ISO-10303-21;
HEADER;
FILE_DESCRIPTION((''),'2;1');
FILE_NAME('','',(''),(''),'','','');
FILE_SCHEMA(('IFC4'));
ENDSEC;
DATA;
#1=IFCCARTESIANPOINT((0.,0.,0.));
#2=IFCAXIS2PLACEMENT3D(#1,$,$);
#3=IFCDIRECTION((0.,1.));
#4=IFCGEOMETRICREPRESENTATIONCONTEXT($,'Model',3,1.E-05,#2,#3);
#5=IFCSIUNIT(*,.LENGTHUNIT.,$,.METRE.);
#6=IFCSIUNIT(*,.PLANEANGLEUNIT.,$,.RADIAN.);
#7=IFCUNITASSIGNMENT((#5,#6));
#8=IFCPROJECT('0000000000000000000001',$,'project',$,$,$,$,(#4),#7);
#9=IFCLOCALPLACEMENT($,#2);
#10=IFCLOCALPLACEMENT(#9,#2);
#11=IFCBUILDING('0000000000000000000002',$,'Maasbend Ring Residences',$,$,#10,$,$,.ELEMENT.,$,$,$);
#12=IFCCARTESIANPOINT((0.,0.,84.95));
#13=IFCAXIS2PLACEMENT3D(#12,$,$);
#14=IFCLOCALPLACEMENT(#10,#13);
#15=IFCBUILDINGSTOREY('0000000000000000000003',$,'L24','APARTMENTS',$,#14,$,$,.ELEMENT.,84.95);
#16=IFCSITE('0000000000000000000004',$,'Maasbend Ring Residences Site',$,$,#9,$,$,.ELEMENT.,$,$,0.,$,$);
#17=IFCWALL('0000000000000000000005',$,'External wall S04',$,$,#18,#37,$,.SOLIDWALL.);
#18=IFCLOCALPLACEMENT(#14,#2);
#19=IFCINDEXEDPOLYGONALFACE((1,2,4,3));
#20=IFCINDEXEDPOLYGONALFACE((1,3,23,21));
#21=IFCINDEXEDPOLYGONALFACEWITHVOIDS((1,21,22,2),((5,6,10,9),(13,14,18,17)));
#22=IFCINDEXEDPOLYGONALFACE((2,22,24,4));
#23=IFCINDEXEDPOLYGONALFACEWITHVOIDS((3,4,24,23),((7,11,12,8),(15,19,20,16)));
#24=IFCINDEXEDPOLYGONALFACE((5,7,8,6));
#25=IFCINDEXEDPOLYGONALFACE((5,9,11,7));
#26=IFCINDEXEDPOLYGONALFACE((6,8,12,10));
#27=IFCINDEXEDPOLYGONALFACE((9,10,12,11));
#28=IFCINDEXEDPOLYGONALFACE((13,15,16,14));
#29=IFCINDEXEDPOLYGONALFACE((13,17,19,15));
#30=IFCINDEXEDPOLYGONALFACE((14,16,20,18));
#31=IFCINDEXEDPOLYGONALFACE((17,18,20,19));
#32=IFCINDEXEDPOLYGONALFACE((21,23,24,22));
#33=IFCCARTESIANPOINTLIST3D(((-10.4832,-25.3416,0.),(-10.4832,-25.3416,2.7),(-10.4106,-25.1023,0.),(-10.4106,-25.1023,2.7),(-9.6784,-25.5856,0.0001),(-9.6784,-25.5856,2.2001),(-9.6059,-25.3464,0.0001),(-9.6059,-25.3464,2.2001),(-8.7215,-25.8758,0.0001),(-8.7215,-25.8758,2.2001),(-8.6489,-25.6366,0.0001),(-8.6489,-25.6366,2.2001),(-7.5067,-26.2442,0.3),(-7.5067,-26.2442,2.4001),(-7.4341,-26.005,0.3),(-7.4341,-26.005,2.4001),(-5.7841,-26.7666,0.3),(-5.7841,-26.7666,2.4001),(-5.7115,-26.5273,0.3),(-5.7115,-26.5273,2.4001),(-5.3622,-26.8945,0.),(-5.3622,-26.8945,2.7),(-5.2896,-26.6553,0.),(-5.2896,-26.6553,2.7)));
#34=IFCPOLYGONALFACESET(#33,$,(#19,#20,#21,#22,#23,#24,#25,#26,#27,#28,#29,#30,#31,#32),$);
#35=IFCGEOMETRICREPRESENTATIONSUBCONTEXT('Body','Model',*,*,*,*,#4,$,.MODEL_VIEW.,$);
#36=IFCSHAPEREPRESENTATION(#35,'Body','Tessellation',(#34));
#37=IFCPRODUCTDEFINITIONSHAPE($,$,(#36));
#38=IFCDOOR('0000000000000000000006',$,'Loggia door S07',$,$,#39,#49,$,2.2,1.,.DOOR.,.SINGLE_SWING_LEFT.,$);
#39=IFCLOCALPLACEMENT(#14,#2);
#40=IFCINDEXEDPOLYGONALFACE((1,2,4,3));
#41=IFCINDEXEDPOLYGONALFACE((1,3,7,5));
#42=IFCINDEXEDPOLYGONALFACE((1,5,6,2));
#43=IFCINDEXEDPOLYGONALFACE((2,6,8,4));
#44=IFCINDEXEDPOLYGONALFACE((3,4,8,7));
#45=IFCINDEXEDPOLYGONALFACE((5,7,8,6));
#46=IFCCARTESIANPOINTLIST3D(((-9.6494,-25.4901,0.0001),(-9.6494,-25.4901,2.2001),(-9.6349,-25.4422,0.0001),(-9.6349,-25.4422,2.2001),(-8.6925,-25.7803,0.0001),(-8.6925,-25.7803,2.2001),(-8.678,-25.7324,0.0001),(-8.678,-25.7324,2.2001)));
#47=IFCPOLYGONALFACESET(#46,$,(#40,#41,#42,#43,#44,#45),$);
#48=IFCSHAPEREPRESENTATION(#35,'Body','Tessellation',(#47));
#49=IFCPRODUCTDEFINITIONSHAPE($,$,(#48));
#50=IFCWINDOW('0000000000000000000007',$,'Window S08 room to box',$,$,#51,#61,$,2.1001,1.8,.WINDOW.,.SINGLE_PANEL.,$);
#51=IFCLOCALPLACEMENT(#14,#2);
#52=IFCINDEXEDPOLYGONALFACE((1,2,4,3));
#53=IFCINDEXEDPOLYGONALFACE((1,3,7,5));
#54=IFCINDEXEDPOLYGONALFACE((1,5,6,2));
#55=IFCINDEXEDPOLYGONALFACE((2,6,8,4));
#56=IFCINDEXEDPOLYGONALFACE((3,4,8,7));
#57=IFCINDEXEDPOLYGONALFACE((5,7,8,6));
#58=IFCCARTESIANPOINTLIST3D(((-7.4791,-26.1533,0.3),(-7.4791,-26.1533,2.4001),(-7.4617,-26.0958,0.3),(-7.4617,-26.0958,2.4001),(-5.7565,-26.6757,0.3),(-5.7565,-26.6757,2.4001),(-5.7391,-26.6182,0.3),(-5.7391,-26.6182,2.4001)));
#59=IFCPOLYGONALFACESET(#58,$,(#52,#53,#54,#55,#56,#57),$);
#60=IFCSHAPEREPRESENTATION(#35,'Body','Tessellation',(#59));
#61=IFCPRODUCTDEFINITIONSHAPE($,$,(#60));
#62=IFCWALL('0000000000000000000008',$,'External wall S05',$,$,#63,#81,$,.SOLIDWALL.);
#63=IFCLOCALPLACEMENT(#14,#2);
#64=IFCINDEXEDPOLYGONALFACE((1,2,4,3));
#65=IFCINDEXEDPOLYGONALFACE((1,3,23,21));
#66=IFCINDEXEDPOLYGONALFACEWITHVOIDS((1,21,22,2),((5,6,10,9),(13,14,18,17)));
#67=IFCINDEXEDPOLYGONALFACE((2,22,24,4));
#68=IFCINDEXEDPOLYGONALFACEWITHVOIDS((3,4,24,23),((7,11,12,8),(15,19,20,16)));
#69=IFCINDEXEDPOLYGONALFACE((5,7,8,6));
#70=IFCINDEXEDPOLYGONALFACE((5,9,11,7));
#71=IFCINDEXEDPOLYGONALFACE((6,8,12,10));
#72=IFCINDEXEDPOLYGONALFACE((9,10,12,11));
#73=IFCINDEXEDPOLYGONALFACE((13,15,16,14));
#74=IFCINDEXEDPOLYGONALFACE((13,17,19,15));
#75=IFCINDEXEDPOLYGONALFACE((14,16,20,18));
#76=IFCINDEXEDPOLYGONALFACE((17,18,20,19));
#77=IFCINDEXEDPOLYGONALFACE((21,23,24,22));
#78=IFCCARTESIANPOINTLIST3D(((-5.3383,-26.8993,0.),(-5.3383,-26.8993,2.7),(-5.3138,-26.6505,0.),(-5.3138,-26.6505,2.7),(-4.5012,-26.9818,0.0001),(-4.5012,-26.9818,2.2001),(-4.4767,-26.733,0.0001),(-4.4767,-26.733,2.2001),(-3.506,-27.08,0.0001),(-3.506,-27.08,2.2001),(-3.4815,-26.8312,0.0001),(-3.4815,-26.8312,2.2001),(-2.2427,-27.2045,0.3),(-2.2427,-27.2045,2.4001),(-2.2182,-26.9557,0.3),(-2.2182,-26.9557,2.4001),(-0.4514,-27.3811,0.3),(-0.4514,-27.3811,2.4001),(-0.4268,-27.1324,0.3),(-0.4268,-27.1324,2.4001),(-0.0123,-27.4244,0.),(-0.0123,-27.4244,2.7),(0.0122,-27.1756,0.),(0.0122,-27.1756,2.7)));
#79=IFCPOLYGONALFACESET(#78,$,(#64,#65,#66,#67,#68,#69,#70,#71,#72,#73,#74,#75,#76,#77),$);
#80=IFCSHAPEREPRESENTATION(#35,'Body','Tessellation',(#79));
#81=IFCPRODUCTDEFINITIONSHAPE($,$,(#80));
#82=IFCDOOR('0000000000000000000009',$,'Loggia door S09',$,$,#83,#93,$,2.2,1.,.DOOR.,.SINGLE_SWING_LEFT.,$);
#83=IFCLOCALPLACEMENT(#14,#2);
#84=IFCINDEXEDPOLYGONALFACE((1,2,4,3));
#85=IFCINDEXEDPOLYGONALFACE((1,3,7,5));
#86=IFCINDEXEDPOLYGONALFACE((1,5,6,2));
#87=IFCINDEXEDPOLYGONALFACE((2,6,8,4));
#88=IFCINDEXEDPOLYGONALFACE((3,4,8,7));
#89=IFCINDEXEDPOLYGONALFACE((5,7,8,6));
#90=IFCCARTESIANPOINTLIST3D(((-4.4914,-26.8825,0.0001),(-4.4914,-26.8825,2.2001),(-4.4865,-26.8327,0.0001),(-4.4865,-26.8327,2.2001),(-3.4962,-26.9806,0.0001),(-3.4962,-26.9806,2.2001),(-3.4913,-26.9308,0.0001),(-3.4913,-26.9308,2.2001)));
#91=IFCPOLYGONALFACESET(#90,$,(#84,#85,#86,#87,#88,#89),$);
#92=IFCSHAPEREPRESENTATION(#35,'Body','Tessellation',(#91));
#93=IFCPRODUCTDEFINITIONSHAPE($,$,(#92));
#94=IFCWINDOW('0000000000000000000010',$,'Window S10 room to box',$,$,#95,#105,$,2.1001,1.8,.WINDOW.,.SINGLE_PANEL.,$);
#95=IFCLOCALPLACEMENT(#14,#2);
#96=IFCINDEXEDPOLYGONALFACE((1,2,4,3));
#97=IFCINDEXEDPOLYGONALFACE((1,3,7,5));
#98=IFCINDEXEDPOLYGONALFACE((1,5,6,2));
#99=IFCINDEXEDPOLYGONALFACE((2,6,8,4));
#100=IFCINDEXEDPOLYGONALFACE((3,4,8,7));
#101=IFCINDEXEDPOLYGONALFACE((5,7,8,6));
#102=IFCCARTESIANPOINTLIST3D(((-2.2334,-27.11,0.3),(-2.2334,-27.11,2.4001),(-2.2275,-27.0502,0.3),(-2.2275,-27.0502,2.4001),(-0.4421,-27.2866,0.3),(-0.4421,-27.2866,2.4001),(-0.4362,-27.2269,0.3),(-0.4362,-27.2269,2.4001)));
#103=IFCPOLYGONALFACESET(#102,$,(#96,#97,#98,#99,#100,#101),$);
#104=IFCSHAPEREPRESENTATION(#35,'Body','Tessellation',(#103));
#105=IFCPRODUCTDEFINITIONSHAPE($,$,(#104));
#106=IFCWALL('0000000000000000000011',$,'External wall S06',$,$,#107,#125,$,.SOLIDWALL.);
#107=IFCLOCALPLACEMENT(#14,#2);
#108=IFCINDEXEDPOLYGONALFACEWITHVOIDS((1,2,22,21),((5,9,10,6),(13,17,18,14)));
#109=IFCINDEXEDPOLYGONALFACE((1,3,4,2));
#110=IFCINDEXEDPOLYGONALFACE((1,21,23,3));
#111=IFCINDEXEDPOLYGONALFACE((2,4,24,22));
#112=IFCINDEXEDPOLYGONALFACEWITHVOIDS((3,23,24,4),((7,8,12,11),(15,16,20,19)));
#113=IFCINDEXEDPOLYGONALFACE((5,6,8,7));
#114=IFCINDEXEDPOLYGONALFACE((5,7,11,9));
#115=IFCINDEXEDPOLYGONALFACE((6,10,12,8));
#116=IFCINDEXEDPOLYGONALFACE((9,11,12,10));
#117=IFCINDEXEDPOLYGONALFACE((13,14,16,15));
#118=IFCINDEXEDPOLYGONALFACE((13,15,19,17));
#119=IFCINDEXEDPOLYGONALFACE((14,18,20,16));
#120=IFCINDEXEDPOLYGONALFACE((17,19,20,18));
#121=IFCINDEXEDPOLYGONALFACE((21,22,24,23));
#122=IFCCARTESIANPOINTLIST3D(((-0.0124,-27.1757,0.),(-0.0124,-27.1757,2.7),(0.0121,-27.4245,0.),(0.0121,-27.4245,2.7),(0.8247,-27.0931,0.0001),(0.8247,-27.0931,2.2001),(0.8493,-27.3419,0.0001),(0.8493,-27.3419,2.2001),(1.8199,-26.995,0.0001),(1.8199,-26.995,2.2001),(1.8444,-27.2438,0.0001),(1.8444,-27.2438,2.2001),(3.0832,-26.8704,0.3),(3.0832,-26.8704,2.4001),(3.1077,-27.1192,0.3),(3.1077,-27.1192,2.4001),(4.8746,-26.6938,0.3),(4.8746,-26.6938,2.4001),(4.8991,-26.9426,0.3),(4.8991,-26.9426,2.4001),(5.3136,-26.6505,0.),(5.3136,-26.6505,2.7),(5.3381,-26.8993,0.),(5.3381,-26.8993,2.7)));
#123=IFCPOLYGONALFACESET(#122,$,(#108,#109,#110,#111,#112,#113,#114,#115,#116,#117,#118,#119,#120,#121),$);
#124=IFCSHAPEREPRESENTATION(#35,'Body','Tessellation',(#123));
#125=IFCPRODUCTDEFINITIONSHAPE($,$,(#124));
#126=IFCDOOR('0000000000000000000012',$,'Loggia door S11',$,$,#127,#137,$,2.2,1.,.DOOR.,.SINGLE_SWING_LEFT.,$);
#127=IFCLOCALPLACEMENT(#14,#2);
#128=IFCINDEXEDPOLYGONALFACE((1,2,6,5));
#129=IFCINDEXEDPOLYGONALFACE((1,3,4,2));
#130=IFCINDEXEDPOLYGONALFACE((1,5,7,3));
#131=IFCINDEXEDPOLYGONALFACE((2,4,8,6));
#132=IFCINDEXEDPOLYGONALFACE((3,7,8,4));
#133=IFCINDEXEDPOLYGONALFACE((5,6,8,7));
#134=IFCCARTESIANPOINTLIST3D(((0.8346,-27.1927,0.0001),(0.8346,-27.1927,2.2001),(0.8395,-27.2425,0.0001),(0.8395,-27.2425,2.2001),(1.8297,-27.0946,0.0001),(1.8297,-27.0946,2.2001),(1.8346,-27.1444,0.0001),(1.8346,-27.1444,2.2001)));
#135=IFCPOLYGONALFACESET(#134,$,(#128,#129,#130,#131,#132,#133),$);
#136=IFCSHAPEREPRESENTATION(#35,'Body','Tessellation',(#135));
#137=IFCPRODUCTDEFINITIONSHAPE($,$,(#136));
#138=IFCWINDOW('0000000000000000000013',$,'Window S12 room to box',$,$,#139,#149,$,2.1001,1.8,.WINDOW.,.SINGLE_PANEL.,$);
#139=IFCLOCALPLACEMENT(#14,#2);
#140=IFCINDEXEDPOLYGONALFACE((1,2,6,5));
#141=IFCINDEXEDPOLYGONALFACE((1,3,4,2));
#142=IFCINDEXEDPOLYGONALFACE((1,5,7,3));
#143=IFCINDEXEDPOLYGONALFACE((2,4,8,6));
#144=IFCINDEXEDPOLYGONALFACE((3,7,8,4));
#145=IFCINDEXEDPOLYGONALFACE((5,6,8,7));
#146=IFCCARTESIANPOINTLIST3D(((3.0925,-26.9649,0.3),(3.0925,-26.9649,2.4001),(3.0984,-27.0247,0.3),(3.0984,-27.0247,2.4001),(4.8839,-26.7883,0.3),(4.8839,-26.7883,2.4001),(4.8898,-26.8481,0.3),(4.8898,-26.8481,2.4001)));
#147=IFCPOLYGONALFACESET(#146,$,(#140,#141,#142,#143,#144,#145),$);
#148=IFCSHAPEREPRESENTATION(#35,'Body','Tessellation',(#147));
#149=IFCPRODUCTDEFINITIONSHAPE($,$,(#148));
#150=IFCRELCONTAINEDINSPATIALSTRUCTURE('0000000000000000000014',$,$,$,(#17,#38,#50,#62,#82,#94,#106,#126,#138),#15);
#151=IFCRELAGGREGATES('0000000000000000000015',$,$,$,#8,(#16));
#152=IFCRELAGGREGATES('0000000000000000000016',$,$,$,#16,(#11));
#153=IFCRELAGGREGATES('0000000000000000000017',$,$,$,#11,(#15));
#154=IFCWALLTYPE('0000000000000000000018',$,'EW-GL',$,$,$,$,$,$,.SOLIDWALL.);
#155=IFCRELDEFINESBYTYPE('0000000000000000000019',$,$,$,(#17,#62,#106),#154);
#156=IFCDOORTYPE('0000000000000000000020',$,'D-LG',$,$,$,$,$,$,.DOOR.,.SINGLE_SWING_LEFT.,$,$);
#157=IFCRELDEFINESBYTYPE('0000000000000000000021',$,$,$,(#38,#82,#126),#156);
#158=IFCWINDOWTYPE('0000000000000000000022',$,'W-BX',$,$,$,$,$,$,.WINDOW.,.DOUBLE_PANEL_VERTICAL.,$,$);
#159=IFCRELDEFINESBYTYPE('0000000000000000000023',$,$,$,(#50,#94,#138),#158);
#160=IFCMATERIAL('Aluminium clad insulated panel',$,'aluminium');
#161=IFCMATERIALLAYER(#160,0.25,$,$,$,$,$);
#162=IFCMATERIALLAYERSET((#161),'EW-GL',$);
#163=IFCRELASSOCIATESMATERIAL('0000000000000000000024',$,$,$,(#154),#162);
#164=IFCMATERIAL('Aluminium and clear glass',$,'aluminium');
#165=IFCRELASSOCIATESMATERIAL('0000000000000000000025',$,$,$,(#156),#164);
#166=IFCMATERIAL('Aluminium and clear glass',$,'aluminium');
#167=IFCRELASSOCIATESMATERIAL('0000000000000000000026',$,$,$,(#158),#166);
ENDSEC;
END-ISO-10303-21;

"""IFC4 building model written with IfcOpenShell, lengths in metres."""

from ifc_helpers import new_model, si_unit, direction, frame, frame_2d, origin, place, context, subcontext, project, spatial, rectangle, extrude, material, layer, layer_set, type_object, element, fill, save


model = new_model("IFC4")

# Units and contexts
model_context = context("Model", 3, precision=1e-05, world=origin(), true_north=direction((0.0, 1.0)))
body_context = subcontext(model_context, "Body", "Model", "MODEL_VIEW")
ifc_project = project(units=[si_unit("LENGTHUNIT", "METRE"), si_unit("PLANEANGLEUNIT", "RADIAN")], contexts=[model_context])

# Site, building, storey
site_placement = place(None, origin())
site = spatial("IfcSite", under=ifc_project, at=site_placement, Name="Maasbend Ring Residences Site", CompositionType="ELEMENT", RefElevation=0.0)
building_placement = place(site_placement, origin())
building = spatial("IfcBuilding", under=site, at=building_placement, Name="Maasbend Ring Residences", CompositionType="ELEMENT")
storey_placement = place(building_placement, frame((0.0, 0.0, 84.95)))
storey = spatial("IfcBuildingStorey", under=building, at=storey_placement, Name="L24", Description="APARTMENTS", CompositionType="ELEMENT", Elevation=84.95)

# Walls, openings, doors, windows
ifc_material_1 = material(Name="Aluminium clad insulated panel", Category="aluminium")
ifc_layer_1 = layer(ifc_material_1, 0.25)
ifc_layer_set_1 = layer_set([ifc_layer_1], Name="EW-GL")
wall_type_1 = type_object("IfcWallType", Name="EW-GL", PredefinedType="SOLIDWALL", material=ifc_layer_set_1)
wall_1_placement = place(storey_placement, frame((-10.447, -25.2219, 0.0), z_axis=(0.0, 0.0, 1.0), x_axis=(0.956966, -0.290201, 0.0)))
wall_1 = element("IfcWall", 1, at=wall_1_placement, inside=storey, type_object=wall_type_1, Name="External wall S04", PredefinedType="SOLIDWALL", context=body_context, shape_type="SweptSolid", body=[
    extrude(rectangle(XDim=5.3513, YDim=0.25, at=frame_2d((2.6758, 0.0))), origin(), (0.0, 0.0, 1.0), 2.7),
])
opening_1_placement = place(wall_1_placement, frame((0.8411, 0.0, 0.0)))
opening_1 = element("IfcOpeningElement", 2, at=opening_1_placement, cuts=wall_1, PredefinedType="OPENING", context=body_context, shape_type="SweptSolid", body=[
    extrude(rectangle(XDim=1.0, YDim=2.2, at=frame_2d((0.5, 1.1001))), frame((0.0, 0.135, 0.0), z_axis=(0.0, -1.0, 0.0), x_axis=(1.0, 0.0, 0.0)), (0.0, 0.0, 1.0), 0.27),
])
opening_2_placement = place(wall_1_placement, frame((3.1106, 0.0, 0.3)))
opening_2 = element("IfcOpeningElement", 3, at=opening_2_placement, cuts=wall_1, PredefinedType="OPENING", context=body_context, shape_type="SweptSolid", body=[
    extrude(rectangle(XDim=1.8, YDim=2.1001, at=frame_2d((0.8999, 1.05))), frame((0.0, 0.135, 0.0), z_axis=(0.0, -1.0, 0.0), x_axis=(1.0, 0.0, 0.0)), (0.0, 0.0, 1.0), 0.27),
])
ifc_material_2 = material(Name="Aluminium and clear glass", Category="aluminium")
door_type_1 = type_object("IfcDoorType", Name="D-LG", OperationType="SINGLE_SWING_LEFT", PredefinedType="DOOR", material=ifc_material_2)
door_1_placement = place(opening_1_placement, origin())
door_1 = element("IfcDoor", 4, at=door_1_placement, inside=storey, type_object=door_type_1, Name="Loggia door S07", OperationType="SINGLE_SWING_LEFT", OverallHeight=2.2, OverallWidth=1.0, PredefinedType="DOOR", context=body_context, shape_type="SweptSolid", body=[
    extrude(rectangle(XDim=1.0, YDim=2.2, at=frame_2d((0.5, 1.1001))), frame((0.0, 0.0249, 0.0), z_axis=(0.0, -1.0, 0.0), x_axis=(1.0, 0.0, 0.0)), (0.0, 0.0, 1.0), 0.05),
])
fill(opening_1, door_1)
ifc_material_3 = material(Name="Aluminium and clear glass", Category="aluminium")
window_type_1 = type_object("IfcWindowType", Name="W-BX", PartitioningType="DOUBLE_PANEL_VERTICAL", PredefinedType="WINDOW", material=ifc_material_3)
window_1_placement = place(opening_2_placement, origin())
window_1 = element("IfcWindow", 5, at=window_1_placement, inside=storey, type_object=window_type_1, Name="Window S08 room to box", OverallHeight=2.1001, OverallWidth=1.8, PartitioningType="SINGLE_PANEL", PredefinedType="WINDOW", context=body_context, shape_type="SweptSolid", body=[
    extrude(rectangle(XDim=1.8, YDim=2.1001, at=frame_2d((0.8999, 1.05))), frame((0.0, 0.03, 0.0), z_axis=(0.0, -1.0, 0.0), x_axis=(1.0, 0.0, 0.0)), (0.0, 0.0, 1.0), 0.0601),
])
fill(opening_2, window_1)
wall_2_placement = place(storey_placement, frame((-5.3259, -26.7749, 0.0), z_axis=(0.0, 0.0, 1.0), x_axis=(0.995174, -0.098126, 0.0)))
wall_2 = element("IfcWall", 6, at=wall_2_placement, inside=storey, type_object=wall_type_1, Name="External wall S05", PredefinedType="SOLIDWALL", context=body_context, shape_type="SweptSolid", body=[
    extrude(rectangle(XDim=5.3518, YDim=0.25, at=frame_2d((2.6758, 0.0))), origin(), (0.0, 0.0, 1.0), 2.7),
])
opening_3_placement = place(wall_2_placement, frame((0.8411, 0.0, 0.0)))
opening_3 = element("IfcOpeningElement", 7, at=opening_3_placement, cuts=wall_2, PredefinedType="OPENING", context=body_context, shape_type="SweptSolid", body=[
    extrude(rectangle(XDim=1.0, YDim=2.2, at=frame_2d((0.5, 1.1001))), frame((0.0, 0.135, 0.0), z_axis=(0.0, -1.0, 0.0), x_axis=(1.0, 0.0, 0.0)), (0.0, 0.0, 1.0), 0.27),
])
opening_4_placement = place(wall_2_placement, frame((3.1106, 0.0, 0.3)))
opening_4 = element("IfcOpeningElement", 8, at=opening_4_placement, cuts=wall_2, PredefinedType="OPENING", context=body_context, shape_type="SweptSolid", body=[
    extrude(rectangle(XDim=1.8, YDim=2.1001, at=frame_2d((0.8999, 1.05))), frame((0.0, 0.135, 0.0), z_axis=(0.0, -1.0, 0.0), x_axis=(1.0, 0.0, 0.0)), (0.0, 0.0, 1.0), 0.27),
])
door_2_placement = place(opening_3_placement, origin())
door_2 = element("IfcDoor", 9, at=door_2_placement, inside=storey, type_object=door_type_1, Name="Loggia door S09", OperationType="SINGLE_SWING_LEFT", OverallHeight=2.2, OverallWidth=1.0, PredefinedType="DOOR", context=body_context, shape_type="SweptSolid", body=[
    extrude(rectangle(XDim=1.0, YDim=2.2, at=frame_2d((0.5, 1.1001))), frame((0.0, 0.0249, 0.0), z_axis=(0.0, -1.0, 0.0), x_axis=(1.0, 0.0, 0.0)), (0.0, 0.0, 1.0), 0.05),
])
fill(opening_3, door_2)
window_2_placement = place(opening_4_placement, origin())
window_2 = element("IfcWindow", 10, at=window_2_placement, inside=storey, type_object=window_type_1, Name="Window S10 room to box", OverallHeight=2.1001, OverallWidth=1.8, PartitioningType="SINGLE_PANEL", PredefinedType="WINDOW", context=body_context, shape_type="SweptSolid", body=[
    extrude(rectangle(XDim=1.8, YDim=2.1001, at=frame_2d((0.8999, 1.05))), frame((0.0, 0.03, 0.0), z_axis=(0.0, -1.0, 0.0), x_axis=(1.0, 0.0, 0.0)), (0.0, 0.0, 1.0), 0.0601),
])
fill(opening_4, window_2)
wall_3_placement = place(storey_placement, frame((0.0, -27.3, 0.0), z_axis=(0.0, 0.0, 1.0), x_axis=(0.995174, 0.098126, 0.0)))
wall_3 = element("IfcWall", 11, at=wall_3_placement, inside=storey, type_object=wall_type_1, Name="External wall S06", PredefinedType="SOLIDWALL", context=body_context, shape_type="SweptSolid", body=[
    extrude(rectangle(XDim=5.3518, YDim=0.25, at=frame_2d((2.6758, 0.0))), origin(), (0.0, 0.0, 1.0), 2.7),
])
opening_5_placement = place(wall_3_placement, frame((0.8411, 0.0, 0.0)))
opening_5 = element("IfcOpeningElement", 12, at=opening_5_placement, cuts=wall_3, PredefinedType="OPENING", context=body_context, shape_type="SweptSolid", body=[
    extrude(rectangle(XDim=1.0, YDim=2.2, at=frame_2d((0.5, 1.1001))), frame((0.0, 0.135, 0.0), z_axis=(0.0, -1.0, 0.0), x_axis=(1.0, 0.0, 0.0)), (0.0, 0.0, 1.0), 0.27),
])
opening_6_placement = place(wall_3_placement, frame((3.1106, 0.0, 0.3)))
opening_6 = element("IfcOpeningElement", 13, at=opening_6_placement, cuts=wall_3, PredefinedType="OPENING", context=body_context, shape_type="SweptSolid", body=[
    extrude(rectangle(XDim=1.8, YDim=2.1001, at=frame_2d((0.8999, 1.05))), frame((0.0, 0.135, 0.0), z_axis=(0.0, -1.0, 0.0), x_axis=(1.0, 0.0, 0.0)), (0.0, 0.0, 1.0), 0.27),
])
door_3_placement = place(opening_5_placement, origin())
door_3 = element("IfcDoor", 14, at=door_3_placement, inside=storey, type_object=door_type_1, Name="Loggia door S11", OperationType="SINGLE_SWING_LEFT", OverallHeight=2.2, OverallWidth=1.0, PredefinedType="DOOR", context=body_context, shape_type="SweptSolid", body=[
    extrude(rectangle(XDim=1.0, YDim=2.2, at=frame_2d((0.5, 1.1001))), frame((0.0, 0.0249, 0.0), z_axis=(0.0, -1.0, 0.0), x_axis=(1.0, 0.0, 0.0)), (0.0, 0.0, 1.0), 0.05),
])
fill(opening_5, door_3)
window_3_placement = place(opening_6_placement, origin())
window_3 = element("IfcWindow", 15, at=window_3_placement, inside=storey, type_object=window_type_1, Name="Window S12 room to box", OverallHeight=2.1001, OverallWidth=1.8, PartitioningType="SINGLE_PANEL", PredefinedType="WINDOW", context=body_context, shape_type="SweptSolid", body=[
    extrude(rectangle(XDim=1.8, YDim=2.1001, at=frame_2d((0.8999, 1.05))), frame((0.0, 0.03, 0.0), z_axis=(0.0, -1.0, 0.0), x_axis=(1.0, 0.0, 0.0)), (0.0, 0.0, 1.0), 0.0601),
])
fill(opening_6, window_3)

save(model, "model.ifc")
